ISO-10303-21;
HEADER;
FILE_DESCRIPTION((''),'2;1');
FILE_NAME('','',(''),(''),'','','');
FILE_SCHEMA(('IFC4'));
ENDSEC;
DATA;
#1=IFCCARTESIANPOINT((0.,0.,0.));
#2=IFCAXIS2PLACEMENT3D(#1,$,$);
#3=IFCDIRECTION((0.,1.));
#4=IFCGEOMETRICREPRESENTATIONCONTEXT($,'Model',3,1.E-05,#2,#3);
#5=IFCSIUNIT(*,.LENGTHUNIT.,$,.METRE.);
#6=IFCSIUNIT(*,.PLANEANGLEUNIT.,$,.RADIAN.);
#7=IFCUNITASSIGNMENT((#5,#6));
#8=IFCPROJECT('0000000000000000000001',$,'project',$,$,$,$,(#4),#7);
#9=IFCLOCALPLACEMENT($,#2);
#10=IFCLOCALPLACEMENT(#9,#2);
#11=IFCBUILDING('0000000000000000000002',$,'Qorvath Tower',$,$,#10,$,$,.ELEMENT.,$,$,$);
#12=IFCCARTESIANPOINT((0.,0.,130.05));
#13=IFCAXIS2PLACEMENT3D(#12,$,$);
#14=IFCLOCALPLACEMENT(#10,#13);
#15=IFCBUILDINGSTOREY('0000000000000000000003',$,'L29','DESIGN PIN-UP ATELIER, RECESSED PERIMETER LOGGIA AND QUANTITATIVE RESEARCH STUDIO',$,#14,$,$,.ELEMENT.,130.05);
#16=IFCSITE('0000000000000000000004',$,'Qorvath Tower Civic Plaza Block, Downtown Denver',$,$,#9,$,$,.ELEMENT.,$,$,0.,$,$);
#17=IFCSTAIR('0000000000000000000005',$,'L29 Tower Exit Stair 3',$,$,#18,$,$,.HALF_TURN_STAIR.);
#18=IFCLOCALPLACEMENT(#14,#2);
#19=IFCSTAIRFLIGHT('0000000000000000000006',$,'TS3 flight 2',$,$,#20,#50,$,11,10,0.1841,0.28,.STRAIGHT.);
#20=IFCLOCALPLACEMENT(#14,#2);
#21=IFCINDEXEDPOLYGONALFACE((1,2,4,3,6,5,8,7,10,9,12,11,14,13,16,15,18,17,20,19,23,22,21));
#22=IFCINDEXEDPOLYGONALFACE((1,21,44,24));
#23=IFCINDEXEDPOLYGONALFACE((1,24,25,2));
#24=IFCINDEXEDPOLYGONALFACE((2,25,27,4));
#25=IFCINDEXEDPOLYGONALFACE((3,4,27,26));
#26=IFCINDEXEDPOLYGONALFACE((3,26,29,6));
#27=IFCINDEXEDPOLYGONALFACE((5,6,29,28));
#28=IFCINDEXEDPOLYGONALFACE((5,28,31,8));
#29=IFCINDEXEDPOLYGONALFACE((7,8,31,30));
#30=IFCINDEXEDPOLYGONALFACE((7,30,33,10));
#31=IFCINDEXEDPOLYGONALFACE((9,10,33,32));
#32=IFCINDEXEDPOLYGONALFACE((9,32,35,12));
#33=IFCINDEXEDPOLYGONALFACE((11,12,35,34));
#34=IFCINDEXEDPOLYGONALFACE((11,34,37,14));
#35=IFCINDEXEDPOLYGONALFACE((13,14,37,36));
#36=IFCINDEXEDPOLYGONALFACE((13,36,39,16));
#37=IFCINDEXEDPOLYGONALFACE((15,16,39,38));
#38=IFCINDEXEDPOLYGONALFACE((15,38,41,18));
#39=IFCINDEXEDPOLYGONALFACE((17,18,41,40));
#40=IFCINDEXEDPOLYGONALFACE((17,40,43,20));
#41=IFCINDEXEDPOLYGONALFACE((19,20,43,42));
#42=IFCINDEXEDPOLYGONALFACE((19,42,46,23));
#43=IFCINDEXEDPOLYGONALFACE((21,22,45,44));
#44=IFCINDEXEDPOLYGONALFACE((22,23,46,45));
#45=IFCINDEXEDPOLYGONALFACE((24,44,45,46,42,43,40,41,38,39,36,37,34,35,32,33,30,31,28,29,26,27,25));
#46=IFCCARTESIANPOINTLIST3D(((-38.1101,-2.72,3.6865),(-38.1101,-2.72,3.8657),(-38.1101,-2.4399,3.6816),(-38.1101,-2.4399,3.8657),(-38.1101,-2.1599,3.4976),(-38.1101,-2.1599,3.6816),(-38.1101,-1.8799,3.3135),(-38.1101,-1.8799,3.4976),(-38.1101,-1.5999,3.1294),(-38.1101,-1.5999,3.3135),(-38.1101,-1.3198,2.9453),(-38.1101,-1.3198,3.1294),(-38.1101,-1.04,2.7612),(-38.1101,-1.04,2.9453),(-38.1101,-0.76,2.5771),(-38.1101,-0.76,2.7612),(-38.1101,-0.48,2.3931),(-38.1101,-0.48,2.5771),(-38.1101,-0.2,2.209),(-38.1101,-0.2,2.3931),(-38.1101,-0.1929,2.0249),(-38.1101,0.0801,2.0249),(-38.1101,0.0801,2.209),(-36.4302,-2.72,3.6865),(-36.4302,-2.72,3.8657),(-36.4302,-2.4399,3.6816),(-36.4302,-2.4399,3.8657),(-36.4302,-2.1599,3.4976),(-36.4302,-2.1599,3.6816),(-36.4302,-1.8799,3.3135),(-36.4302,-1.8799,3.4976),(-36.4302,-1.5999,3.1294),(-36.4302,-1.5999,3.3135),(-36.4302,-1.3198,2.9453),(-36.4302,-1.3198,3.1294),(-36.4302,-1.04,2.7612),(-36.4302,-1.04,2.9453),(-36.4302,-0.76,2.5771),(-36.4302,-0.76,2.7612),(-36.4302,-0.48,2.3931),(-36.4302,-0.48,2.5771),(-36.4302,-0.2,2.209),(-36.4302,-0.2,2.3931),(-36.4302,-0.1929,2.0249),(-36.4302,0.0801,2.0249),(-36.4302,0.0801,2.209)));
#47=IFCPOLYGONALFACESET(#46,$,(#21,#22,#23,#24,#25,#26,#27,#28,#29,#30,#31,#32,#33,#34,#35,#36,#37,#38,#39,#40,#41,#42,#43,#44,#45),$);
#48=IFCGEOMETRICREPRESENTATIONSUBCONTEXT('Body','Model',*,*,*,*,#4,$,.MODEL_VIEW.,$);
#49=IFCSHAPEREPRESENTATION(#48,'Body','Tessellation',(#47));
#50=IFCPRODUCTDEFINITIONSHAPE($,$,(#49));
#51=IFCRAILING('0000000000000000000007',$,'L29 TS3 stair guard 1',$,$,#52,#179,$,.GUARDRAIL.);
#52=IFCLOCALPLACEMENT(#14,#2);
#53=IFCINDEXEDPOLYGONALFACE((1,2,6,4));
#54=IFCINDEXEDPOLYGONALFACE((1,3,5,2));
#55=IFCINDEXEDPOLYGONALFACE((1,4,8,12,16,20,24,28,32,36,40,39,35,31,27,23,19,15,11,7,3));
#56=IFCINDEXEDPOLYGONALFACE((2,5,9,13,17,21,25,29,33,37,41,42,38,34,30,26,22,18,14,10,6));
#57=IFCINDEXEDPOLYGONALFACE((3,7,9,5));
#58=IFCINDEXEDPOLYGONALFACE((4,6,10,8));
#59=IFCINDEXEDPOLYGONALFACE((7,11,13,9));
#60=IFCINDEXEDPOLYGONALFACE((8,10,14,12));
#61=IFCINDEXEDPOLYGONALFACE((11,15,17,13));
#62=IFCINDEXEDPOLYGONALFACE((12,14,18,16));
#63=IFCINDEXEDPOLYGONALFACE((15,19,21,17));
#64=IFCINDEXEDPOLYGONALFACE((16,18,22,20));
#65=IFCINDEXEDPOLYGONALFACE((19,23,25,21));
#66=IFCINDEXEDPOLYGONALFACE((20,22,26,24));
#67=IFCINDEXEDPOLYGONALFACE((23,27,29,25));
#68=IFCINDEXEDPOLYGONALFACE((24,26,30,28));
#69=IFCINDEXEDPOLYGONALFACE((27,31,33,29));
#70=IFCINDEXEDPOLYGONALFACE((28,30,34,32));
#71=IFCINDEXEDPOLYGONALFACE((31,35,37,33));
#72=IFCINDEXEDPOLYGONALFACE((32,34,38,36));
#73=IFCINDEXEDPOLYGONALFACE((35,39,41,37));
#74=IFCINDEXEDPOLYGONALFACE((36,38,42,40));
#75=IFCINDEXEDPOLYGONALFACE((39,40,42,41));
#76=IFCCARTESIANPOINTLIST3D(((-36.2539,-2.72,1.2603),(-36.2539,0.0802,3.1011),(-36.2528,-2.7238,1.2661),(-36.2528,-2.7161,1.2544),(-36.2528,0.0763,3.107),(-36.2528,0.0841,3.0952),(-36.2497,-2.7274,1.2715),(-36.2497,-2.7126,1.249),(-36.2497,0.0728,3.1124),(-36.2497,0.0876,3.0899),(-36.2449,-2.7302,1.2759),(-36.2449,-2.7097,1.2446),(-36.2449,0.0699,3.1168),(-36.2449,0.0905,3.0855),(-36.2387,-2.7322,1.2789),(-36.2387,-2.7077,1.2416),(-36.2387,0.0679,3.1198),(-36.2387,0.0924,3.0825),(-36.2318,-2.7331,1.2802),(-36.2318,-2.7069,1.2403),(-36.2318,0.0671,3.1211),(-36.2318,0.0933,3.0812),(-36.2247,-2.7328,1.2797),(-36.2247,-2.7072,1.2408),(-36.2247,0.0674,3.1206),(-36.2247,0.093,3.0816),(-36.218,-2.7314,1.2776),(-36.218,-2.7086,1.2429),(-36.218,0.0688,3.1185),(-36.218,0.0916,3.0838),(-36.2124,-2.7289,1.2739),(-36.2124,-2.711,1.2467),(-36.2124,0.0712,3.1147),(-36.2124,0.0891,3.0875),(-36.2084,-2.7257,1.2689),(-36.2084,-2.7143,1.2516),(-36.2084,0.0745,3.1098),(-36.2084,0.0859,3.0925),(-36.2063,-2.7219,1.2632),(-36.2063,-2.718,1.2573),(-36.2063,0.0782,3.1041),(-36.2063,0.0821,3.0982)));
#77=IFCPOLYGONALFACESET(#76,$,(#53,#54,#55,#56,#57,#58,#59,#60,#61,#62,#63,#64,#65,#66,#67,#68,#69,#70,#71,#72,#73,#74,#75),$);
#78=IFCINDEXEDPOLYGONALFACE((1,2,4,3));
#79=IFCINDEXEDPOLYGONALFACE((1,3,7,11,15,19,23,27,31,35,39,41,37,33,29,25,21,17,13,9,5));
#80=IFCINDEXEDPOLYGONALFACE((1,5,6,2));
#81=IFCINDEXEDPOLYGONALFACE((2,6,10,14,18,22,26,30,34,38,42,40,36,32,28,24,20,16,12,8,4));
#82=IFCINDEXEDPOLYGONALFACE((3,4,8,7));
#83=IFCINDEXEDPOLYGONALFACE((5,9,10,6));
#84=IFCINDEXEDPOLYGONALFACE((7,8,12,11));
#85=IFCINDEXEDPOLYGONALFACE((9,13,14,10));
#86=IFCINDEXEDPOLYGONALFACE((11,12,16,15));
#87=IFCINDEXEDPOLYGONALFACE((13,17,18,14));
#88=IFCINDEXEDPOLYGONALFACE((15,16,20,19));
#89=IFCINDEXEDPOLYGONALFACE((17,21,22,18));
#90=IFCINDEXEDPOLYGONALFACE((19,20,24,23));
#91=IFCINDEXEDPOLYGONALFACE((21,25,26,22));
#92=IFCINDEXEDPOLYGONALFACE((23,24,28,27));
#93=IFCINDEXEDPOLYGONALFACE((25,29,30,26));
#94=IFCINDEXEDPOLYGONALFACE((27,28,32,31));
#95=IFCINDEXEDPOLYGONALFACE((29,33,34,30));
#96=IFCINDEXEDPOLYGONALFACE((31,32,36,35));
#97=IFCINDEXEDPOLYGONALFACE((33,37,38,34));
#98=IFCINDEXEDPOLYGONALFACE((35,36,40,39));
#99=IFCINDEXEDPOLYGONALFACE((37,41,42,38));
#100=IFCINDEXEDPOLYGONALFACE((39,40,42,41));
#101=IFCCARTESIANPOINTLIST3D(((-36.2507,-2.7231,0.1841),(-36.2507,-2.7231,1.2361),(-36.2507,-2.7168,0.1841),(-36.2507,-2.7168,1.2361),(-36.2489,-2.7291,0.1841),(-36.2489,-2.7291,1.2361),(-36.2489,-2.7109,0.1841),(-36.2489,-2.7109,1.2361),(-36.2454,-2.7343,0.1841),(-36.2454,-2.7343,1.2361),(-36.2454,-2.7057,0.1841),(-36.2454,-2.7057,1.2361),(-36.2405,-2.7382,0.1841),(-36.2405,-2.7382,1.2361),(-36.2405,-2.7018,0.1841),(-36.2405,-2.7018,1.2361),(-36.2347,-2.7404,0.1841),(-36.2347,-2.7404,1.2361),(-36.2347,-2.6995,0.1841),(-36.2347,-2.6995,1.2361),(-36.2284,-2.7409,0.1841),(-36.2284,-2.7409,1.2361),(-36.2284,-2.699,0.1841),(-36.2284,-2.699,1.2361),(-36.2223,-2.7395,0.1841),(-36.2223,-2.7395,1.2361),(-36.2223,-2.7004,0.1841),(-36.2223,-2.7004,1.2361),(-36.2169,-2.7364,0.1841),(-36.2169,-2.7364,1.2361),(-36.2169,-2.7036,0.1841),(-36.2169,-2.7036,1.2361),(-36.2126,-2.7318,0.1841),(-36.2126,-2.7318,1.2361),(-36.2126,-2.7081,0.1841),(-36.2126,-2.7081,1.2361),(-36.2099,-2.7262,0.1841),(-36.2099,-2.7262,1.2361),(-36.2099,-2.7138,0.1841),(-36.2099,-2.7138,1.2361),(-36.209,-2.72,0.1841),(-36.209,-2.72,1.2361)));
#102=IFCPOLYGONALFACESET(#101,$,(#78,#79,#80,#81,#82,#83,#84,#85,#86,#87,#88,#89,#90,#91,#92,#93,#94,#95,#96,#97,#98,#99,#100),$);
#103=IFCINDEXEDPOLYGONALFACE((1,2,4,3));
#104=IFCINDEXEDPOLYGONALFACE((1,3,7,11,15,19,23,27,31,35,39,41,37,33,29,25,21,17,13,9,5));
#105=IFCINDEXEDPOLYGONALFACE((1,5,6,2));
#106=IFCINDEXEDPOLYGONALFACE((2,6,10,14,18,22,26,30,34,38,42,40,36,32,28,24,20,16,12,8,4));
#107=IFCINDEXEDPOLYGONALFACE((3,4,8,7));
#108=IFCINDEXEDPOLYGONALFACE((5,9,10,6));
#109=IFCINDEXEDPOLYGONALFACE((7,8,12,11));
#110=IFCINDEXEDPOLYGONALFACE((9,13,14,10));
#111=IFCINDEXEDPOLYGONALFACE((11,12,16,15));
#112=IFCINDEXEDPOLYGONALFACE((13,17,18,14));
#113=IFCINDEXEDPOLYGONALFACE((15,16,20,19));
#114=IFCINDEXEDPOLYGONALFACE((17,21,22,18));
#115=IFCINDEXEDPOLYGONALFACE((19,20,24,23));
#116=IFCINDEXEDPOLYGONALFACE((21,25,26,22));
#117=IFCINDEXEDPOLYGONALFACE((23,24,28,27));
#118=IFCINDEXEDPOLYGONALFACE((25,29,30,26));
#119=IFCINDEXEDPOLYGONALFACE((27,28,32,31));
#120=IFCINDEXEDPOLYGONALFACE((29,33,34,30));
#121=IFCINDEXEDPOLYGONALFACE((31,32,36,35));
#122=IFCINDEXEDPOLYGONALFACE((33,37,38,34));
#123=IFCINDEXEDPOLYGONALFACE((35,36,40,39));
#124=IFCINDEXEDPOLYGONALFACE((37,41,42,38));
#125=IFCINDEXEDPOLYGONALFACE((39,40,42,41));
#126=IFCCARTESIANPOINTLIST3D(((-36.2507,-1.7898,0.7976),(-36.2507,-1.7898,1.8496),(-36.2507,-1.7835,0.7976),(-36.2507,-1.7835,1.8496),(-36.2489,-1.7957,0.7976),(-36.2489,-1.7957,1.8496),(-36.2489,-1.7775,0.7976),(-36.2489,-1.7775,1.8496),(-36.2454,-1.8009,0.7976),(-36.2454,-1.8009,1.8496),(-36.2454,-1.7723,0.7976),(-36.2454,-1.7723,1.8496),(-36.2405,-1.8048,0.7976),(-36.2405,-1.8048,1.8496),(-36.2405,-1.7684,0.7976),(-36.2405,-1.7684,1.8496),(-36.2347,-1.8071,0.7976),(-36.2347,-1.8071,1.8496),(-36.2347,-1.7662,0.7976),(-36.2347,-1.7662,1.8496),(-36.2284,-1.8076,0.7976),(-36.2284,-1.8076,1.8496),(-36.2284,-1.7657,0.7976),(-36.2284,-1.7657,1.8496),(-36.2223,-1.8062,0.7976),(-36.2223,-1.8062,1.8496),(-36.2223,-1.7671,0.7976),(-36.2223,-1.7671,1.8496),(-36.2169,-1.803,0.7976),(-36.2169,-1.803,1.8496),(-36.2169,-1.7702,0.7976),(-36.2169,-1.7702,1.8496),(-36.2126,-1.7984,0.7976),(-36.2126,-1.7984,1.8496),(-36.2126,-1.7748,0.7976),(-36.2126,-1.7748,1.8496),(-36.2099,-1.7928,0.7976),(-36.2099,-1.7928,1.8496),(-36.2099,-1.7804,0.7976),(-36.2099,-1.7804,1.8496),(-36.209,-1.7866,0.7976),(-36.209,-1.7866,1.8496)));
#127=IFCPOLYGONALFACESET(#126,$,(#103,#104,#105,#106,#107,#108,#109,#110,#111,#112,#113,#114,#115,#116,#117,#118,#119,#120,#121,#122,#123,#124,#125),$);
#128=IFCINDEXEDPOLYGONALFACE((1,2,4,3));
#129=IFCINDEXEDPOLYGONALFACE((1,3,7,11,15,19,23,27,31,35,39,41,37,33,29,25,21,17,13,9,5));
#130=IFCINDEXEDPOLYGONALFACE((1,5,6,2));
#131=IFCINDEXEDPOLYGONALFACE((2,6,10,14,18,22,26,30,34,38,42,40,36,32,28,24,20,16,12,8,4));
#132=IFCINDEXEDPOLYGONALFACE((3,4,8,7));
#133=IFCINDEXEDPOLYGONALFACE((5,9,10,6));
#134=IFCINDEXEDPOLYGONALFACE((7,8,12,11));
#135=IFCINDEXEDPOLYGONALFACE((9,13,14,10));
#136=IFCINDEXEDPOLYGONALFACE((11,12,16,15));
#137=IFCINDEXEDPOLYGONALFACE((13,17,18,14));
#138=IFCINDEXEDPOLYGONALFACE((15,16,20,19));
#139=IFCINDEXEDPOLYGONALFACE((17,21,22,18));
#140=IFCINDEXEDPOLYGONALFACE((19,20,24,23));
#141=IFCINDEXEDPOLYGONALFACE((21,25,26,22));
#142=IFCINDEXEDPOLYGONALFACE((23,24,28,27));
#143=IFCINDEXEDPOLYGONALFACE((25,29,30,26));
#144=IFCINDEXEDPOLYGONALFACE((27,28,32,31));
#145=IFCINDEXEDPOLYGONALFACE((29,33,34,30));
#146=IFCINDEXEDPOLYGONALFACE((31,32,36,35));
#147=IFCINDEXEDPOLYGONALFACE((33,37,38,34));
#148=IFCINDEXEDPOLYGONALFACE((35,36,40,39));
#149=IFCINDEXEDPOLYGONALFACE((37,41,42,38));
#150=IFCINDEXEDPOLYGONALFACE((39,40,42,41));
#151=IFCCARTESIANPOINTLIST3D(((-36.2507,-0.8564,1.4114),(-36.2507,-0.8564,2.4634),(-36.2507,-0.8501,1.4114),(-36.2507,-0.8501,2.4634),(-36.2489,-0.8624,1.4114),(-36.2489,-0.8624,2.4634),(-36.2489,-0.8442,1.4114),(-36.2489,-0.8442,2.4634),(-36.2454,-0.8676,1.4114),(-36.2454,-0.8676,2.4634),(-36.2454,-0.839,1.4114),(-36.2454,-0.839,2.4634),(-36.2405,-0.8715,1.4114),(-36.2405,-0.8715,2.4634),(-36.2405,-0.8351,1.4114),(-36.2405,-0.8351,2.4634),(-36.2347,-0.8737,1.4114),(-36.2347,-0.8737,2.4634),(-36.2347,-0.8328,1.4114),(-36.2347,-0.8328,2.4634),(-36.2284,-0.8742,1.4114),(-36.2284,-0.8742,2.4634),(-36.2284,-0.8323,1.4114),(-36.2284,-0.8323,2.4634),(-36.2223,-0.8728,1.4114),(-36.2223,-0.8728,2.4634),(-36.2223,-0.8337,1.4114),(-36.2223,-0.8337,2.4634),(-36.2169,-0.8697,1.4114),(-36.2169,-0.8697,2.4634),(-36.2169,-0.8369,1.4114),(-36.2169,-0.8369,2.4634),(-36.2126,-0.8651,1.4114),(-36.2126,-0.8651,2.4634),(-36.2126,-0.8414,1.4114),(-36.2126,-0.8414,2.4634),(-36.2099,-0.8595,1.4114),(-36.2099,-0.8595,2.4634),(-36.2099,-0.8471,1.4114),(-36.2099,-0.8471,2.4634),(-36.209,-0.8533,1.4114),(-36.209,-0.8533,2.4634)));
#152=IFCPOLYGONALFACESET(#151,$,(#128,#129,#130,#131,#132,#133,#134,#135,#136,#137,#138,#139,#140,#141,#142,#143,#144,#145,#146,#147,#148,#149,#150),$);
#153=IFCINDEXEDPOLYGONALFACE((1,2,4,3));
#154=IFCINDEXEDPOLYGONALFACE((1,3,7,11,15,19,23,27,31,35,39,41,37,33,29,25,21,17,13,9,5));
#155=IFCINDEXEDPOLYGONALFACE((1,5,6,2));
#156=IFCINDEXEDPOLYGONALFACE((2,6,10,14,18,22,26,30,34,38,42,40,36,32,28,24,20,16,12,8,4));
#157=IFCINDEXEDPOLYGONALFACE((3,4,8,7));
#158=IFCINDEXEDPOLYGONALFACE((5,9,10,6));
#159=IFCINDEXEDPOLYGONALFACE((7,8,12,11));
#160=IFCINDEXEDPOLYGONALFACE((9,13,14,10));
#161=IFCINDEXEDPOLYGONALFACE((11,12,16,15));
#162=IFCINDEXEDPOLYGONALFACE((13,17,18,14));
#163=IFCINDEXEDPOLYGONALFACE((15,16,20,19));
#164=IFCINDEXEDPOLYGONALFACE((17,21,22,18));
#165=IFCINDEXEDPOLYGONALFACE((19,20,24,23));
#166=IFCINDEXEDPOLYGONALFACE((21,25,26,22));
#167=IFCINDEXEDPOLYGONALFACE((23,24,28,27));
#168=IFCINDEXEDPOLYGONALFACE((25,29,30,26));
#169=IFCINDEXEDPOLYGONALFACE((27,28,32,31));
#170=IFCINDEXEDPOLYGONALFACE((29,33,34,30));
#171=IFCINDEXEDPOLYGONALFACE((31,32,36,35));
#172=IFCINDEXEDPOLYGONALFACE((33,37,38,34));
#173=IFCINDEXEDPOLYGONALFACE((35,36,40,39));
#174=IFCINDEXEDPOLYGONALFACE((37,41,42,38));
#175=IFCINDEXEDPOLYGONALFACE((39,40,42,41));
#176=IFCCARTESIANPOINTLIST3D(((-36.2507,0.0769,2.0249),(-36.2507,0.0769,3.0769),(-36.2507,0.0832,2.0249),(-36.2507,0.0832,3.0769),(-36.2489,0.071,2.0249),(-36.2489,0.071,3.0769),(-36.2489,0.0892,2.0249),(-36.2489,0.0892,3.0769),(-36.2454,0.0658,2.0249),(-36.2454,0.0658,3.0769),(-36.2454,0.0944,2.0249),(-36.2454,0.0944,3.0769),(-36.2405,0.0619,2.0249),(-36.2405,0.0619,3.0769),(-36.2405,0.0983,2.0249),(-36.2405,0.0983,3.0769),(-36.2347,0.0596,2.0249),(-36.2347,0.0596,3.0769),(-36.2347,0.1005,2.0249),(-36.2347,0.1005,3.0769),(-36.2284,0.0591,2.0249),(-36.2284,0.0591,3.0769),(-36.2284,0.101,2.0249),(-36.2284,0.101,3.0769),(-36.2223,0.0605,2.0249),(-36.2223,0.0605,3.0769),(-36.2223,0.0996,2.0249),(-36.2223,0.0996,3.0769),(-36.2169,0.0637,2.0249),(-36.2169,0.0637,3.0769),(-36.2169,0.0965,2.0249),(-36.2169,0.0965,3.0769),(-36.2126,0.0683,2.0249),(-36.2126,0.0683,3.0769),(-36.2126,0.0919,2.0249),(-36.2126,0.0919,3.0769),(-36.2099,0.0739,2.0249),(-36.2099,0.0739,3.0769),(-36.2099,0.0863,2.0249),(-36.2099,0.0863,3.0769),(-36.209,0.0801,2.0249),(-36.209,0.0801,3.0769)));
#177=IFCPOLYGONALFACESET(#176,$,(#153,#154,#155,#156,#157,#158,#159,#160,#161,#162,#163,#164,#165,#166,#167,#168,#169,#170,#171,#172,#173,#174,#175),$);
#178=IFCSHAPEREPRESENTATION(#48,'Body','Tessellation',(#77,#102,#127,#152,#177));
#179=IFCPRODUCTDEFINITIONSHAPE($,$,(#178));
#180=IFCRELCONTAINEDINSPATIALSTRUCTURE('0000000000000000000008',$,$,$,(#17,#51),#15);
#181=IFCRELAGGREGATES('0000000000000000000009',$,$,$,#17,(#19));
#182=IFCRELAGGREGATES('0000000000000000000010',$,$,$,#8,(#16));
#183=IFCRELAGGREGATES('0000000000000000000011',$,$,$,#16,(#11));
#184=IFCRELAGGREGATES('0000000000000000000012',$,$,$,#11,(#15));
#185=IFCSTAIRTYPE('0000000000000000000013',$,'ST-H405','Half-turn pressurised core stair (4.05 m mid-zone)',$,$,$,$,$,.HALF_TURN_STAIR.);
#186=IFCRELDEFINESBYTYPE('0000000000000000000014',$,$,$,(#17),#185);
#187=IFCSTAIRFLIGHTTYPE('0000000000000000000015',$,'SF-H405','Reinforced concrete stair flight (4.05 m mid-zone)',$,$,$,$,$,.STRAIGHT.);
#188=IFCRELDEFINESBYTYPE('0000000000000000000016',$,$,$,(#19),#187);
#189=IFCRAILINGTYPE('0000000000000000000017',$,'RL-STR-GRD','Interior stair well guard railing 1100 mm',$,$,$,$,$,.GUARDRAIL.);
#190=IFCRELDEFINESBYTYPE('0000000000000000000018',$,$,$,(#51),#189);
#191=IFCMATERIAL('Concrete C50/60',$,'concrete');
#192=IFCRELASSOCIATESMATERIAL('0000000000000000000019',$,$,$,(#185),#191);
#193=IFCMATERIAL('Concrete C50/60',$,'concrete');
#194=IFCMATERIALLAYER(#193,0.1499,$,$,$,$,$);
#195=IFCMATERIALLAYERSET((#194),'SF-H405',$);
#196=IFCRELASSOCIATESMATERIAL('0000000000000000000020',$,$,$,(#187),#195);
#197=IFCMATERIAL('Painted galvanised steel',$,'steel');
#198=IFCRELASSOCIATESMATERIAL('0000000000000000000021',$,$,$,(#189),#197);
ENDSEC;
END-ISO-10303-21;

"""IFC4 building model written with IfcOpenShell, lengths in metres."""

from ifc_helpers import new_model, si_unit, direction, frame, origin, origin_2d, place, context, subcontext, project, spatial, polyline, circle, outline, extrude, material, layer, layer_set, type_object, element, aggregate, save


model = new_model("IFC4")

# Units and contexts
model_context = context("Model", 3, precision=1e-05, world=origin(), true_north=direction((0.0, 1.0)))
body_context = subcontext(model_context, "Body", "Model", "MODEL_VIEW")
ifc_project = project(units=[si_unit("LENGTHUNIT", "METRE"), si_unit("PLANEANGLEUNIT", "RADIAN")], contexts=[model_context])

# Site, building, storey
site_placement = place(None, origin())
site = spatial("IfcSite", under=ifc_project, at=site_placement, Name="Qorvath Tower Civic Plaza Block, Downtown Denver", CompositionType="ELEMENT", RefElevation=0.0)
building_placement = place(site_placement, origin())
building = spatial("IfcBuilding", under=site, at=building_placement, Name="Qorvath Tower", CompositionType="ELEMENT")
storey_placement = place(building_placement, frame((0.0, 0.0, 130.05)))
storey = spatial("IfcBuildingStorey", under=building, at=storey_placement, Name="L29", Description="DESIGN PIN-UP ATELIER, RECESSED PERIMETER LOGGIA AND QUANTITATIVE RESEARCH STUDIO", CompositionType="ELEMENT", Elevation=130.05)

# Stair, stair flight
ifc_material_1 = material(Name="Concrete C50/60", Category="concrete")
stair_type = type_object("IfcStairType", Name="ST-H405", Description="Half-turn pressurised core stair (4.05 m mid-zone)", PredefinedType="HALF_TURN_STAIR", material=ifc_material_1)
stair_placement = place(storey_placement, origin())
stair = element("IfcStair", 1, at=stair_placement, inside=storey, type_object=stair_type, Name="L29 Tower Exit Stair 3", PredefinedType="HALF_TURN_STAIR")
ifc_material_2 = material(Name="Concrete C50/60", Category="concrete")
ifc_layer_1 = layer(ifc_material_2, 0.1499)
ifc_layer_set_1 = layer_set([ifc_layer_1], Name="SF-H405")
stair_flight_type = type_object("IfcStairFlightType", Name="SF-H405", Description="Reinforced concrete stair flight (4.05 m mid-zone)", PredefinedType="STRAIGHT", material=ifc_layer_set_1)
stair_flight_1_placement = place(storey_placement, frame((-37.27, 0.0801, 2.0249), z_axis=(0.0, 0.0, 1.0), x_axis=(0.0, -1.0, 0.0)))
stair_flight_1 = element("IfcStairFlight", 2, at=stair_flight_1_placement, type_object=stair_flight_type, Name="TS3 flight 2", NumberOfRisers=11, NumberOfTreads=10, PredefinedType="STRAIGHT", RiserHeight=0.1841, TreadLength=0.28, context=body_context, shape_type="SweptSolid", body=[
    extrude(outline(polyline([(0.0, 0.0), (0.0, 0.1841), (0.28, 0.1841), (0.28, 0.3682), (0.5601, 0.3682), (0.5601, 0.5522), (0.8401, 0.5522), (0.8401, 0.7363), (1.1201, 0.7363), (1.1201, 0.9204), (1.3999, 0.9204), (1.3999, 1.1045), (1.6799, 1.1045), (1.6799, 1.2886), (1.96, 1.2886), (1.96, 1.4727), (2.24, 1.4727), (2.24, 1.6567), (2.52, 1.6567), (2.52, 1.8408), (2.8, 1.8408), (2.8, 2.0249), (2.8, 1.6616), (0.2729, 0.0), (0.0, 0.0)])), frame((0.0, 0.8398, 0.0), z_axis=(0.0, -1.0, 0.0), x_axis=(1.0, 0.0, 0.0)), (0.0, 0.0, 1.0), 1.6799),
])
aggregate(stair, [stair_flight_1])

# Railing
ifc_material_3 = material(Name="Painted galvanised steel", Category="steel")
railing_type_1 = type_object("IfcRailingType", Name="RL-STR-GRD", Description="Interior stair well guard railing 1100 mm", PredefinedType="GUARDRAIL", material=ifc_material_3)
railing_1_placement = place(storey_placement, frame((-36.23, -2.72, 0.1841)))
element("IfcRailing", 3, at=railing_1_placement, inside=storey, type_object=railing_type_1, Name="L29 TS3 stair guard 1", PredefinedType="GUARDRAIL", context=body_context, shape_type="SweptSolid", body=[
    extrude(circle(Radius=0.0239, at=origin_2d()), frame((0.0, 0.0, 1.0762), z_axis=(0.0, 0.835598, 0.549342), x_axis=(-1.0, 0.0, 0.0)), (0.0, 0.0, 1.0), 3.3511),
    extrude(circle(Radius=0.021, at=origin_2d()), origin(), (0.0, 0.0, 1.0), 1.052),
    extrude(circle(Radius=0.021, at=origin_2d()), frame((0.0, 0.9333, 0.6135)), (0.0, 0.0, 1.0), 1.052),
    extrude(circle(Radius=0.021, at=origin_2d()), frame((0.0, 1.8667, 1.2273)), (0.0, 0.0, 1.0), 1.052),
    extrude(circle(Radius=0.021, at=origin_2d()), frame((0.0, 2.8, 1.8408)), (0.0, 0.0, 1.0), 1.052),
])

save(model, "model.ifc")
